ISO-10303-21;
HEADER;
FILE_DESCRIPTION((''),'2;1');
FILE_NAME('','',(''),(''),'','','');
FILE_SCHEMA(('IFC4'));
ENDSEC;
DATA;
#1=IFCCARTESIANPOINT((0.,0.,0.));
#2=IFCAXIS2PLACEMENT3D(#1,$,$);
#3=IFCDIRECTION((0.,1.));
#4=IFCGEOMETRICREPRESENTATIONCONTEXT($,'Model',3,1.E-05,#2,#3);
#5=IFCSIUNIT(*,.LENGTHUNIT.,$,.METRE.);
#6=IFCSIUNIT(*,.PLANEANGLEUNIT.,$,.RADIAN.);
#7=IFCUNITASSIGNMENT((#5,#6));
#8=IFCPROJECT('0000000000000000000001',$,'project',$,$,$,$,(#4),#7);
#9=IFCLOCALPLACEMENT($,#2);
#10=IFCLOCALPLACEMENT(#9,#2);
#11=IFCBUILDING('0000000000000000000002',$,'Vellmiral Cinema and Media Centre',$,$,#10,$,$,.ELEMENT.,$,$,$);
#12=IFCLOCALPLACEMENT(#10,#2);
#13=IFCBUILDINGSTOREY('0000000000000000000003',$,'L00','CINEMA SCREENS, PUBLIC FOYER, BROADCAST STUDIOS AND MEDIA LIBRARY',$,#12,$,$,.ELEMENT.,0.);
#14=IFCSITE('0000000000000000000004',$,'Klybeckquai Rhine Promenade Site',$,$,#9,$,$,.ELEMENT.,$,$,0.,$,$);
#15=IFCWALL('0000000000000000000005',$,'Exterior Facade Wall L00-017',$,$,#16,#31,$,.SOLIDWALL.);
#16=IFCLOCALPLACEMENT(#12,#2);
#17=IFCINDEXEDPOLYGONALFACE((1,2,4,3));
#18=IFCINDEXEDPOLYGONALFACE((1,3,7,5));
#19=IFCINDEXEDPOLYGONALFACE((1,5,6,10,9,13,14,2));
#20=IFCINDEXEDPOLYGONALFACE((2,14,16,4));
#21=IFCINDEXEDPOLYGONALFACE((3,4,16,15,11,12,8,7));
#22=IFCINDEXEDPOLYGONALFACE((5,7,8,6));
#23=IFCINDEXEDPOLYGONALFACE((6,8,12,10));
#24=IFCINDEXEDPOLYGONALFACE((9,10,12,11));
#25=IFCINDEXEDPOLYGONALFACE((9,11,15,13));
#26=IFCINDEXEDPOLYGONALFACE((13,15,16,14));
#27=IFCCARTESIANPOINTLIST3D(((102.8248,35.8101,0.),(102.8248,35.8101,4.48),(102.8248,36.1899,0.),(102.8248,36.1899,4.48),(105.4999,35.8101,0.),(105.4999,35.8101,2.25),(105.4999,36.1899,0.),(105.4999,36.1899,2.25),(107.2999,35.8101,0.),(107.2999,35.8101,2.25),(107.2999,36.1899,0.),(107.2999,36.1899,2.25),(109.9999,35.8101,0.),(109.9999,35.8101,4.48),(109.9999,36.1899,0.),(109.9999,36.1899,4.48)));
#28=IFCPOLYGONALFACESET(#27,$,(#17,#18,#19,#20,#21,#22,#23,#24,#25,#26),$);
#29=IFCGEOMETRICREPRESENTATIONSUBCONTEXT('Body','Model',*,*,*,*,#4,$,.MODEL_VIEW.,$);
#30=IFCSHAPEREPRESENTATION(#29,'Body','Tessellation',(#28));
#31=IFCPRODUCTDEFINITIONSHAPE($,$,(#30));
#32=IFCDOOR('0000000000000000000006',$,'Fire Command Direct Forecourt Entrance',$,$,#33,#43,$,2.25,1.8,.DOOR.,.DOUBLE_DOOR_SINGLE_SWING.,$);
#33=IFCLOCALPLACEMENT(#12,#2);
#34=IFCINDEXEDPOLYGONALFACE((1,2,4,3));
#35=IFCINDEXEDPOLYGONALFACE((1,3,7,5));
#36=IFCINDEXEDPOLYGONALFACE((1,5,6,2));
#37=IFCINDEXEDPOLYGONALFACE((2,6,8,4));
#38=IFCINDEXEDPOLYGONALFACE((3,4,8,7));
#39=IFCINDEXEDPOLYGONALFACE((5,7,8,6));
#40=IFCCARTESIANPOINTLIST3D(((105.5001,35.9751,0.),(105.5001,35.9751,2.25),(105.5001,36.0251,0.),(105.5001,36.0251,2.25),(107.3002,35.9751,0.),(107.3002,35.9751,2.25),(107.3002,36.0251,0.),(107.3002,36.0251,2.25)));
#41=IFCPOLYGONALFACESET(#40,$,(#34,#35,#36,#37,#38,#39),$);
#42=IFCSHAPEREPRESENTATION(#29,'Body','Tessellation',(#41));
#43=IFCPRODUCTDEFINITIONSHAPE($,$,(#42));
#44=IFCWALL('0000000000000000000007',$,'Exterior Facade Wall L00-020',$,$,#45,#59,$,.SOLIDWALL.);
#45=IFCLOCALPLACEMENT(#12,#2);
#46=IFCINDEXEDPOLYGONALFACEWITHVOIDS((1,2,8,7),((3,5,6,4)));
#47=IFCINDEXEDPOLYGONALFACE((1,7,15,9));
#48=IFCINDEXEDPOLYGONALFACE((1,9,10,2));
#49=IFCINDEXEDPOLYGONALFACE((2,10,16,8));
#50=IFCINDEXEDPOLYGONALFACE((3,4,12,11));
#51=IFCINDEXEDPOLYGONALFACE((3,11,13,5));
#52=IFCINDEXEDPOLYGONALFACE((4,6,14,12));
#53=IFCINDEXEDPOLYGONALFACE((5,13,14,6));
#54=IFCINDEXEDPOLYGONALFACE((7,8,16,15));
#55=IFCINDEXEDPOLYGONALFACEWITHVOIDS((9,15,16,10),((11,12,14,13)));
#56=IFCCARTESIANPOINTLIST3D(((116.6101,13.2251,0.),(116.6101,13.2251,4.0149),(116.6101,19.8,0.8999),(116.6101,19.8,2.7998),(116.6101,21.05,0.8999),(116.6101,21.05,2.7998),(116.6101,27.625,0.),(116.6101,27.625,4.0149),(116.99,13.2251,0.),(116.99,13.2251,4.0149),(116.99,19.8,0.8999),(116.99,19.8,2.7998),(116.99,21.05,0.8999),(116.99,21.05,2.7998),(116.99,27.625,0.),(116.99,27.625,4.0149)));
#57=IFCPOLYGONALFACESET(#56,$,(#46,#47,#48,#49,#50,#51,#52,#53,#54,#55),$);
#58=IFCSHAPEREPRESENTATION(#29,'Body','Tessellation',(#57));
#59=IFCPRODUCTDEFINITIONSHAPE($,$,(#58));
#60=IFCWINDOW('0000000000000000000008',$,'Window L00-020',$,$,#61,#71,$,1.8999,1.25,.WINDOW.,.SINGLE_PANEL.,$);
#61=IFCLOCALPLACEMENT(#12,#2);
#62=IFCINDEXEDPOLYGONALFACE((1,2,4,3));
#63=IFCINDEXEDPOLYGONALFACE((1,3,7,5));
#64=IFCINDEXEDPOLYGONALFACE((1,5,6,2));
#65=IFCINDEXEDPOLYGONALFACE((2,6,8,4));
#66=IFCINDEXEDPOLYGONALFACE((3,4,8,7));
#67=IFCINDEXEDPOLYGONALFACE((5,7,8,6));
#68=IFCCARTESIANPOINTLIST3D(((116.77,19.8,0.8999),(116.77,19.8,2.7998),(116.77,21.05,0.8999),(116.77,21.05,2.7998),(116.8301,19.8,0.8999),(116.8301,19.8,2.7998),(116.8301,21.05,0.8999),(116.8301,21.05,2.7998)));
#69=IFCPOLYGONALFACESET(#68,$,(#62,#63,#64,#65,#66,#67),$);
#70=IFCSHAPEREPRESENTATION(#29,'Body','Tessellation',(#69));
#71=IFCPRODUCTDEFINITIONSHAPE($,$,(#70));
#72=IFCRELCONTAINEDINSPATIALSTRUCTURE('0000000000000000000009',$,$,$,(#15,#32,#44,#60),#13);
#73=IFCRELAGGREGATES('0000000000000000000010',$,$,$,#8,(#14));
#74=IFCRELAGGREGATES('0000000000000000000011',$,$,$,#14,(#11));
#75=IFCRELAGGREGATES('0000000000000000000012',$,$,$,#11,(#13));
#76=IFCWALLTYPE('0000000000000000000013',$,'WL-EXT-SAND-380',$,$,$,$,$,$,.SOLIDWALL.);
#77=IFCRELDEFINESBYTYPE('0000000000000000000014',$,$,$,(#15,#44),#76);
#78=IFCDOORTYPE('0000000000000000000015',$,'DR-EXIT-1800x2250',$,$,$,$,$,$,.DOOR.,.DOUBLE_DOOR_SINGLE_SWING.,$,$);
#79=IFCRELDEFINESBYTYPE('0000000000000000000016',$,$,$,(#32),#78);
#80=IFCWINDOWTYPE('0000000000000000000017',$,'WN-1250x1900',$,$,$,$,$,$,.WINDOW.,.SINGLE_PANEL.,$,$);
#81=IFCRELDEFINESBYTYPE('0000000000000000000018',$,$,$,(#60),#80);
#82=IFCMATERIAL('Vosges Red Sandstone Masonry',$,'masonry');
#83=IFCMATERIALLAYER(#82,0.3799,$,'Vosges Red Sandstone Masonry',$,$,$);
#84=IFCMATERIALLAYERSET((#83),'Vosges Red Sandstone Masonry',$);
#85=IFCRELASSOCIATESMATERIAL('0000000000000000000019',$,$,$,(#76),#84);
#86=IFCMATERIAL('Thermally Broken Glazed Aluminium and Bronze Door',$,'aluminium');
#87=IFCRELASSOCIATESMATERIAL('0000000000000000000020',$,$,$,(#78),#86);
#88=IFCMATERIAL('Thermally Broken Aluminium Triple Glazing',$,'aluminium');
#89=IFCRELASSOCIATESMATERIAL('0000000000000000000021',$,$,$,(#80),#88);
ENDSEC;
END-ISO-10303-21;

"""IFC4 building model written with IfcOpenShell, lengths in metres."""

from ifc_helpers import new_model, si_unit, direction, frame, frame_2d, origin, place, context, subcontext, project, spatial, rectangle, extrude, material, layer, layer_set, type_object, element, fill, save


model = new_model("IFC4")

# Units and contexts
model_context = context("Model", 3, precision=1e-05, world=origin(), true_north=direction((0.0, 1.0)))
body_context = subcontext(model_context, "Body", "Model", "MODEL_VIEW")
ifc_project = project(units=[si_unit("LENGTHUNIT", "METRE"), si_unit("PLANEANGLEUNIT", "RADIAN")], contexts=[model_context])

# Site, building, storey
site_placement = place(None, origin())
site = spatial("IfcSite", under=ifc_project, at=site_placement, Name="Klybeckquai Rhine Promenade Site", CompositionType="ELEMENT", RefElevation=0.0)
building_placement = place(site_placement, origin())
building = spatial("IfcBuilding", under=site, at=building_placement, Name="Vellmiral Cinema and Media Centre", CompositionType="ELEMENT")
storey_placement = place(building_placement, origin())
storey = spatial("IfcBuildingStorey", under=building, at=storey_placement, Name="L00", Description="CINEMA SCREENS, PUBLIC FOYER, BROADCAST STUDIOS AND MEDIA LIBRARY", CompositionType="ELEMENT", Elevation=0.0)

# Shared definitions
ifc_material_1 = material(Name="Vosges Red Sandstone Masonry", Category="masonry")
ifc_layer_1 = layer(ifc_material_1, 0.3799, Name="Vosges Red Sandstone Masonry")
ifc_layer_set_1 = layer_set([ifc_layer_1], Name="Vosges Red Sandstone Masonry")
wall_type = type_object("IfcWallType", Name="WL-EXT-SAND-380", PredefinedType="SOLIDWALL", material=ifc_layer_set_1)

# Wall, opening, door
wall_1_placement = place(storey_placement, frame((102.825, 36.0, 0.0), z_axis=(0.0, 0.0, 1.0), x_axis=(1.0, 0.0, 0.0)))
wall_1 = element("IfcWall", 1, at=wall_1_placement, inside=storey, type_object=wall_type, Name="Exterior Facade Wall L00-017", PredefinedType="SOLIDWALL", context=body_context, shape_type="SweptSolid", body=[
    extrude(rectangle(XDim=7.175, YDim=0.3799, at=frame_2d((3.5874, 0.0))), origin(), (0.0, 0.0, 1.0), 4.48),
])
opening_1_placement = place(wall_1_placement, frame((2.675, 0.0, 0.0)))
opening_1 = element("IfcOpeningElement", 2, at=opening_1_placement, cuts=wall_1, PredefinedType="OPENING", context=body_context, shape_type="SweptSolid", body=[
    extrude(rectangle(XDim=1.8, YDim=2.25, at=frame_2d((0.8999, 1.125))), frame((0.0, 0.2019, 0.0), z_axis=(0.0, -1.0, 0.0), x_axis=(1.0, 0.0, 0.0)), (0.0, 0.0, 1.0), 0.4038),
])
ifc_material_2 = material(Name="Thermally Broken Glazed Aluminium and Bronze Door", Category="aluminium")
door_type_1 = type_object("IfcDoorType", Name="DR-EXIT-1800x2250", OperationType="DOUBLE_DOOR_SINGLE_SWING", PredefinedType="DOOR", material=ifc_material_2)
door_1_placement = place(opening_1_placement, frame((1.8, 0.0, 0.0), z_axis=(0.0, 0.0, 1.0), x_axis=(-1.0, 0.0, 0.0)))
door_1 = element("IfcDoor", 3, at=door_1_placement, inside=storey, type_object=door_type_1, Name="Fire Command Direct Forecourt Entrance", OperationType="DOUBLE_DOOR_SINGLE_SWING", OverallHeight=2.25, OverallWidth=1.8, PredefinedType="DOOR", context=body_context, shape_type="SweptSolid", body=[
    extrude(rectangle(XDim=1.8, YDim=2.25, at=frame_2d((0.8999, 1.125))), frame((0.0, 0.0249, 0.0), z_axis=(0.0, -1.0, 0.0), x_axis=(1.0, 0.0, 0.0)), (0.0, 0.0, 1.0), 0.05),
])
fill(opening_1, door_1)

# Wall, opening, window
wall_2_placement = place(storey_placement, frame((116.8, 27.625, 0.0), z_axis=(0.0, 0.0, 1.0), x_axis=(0.0, -1.0, 0.0)))
wall_2 = element("IfcWall", 4, at=wall_2_placement, inside=storey, type_object=wall_type, Name="Exterior Facade Wall L00-020", PredefinedType="SOLIDWALL", context=body_context, shape_type="SweptSolid", body=[
    extrude(rectangle(XDim=14.3999, YDim=0.3799, at=frame_2d((7.2, 0.0))), origin(), (0.0, 0.0, 1.0), 4.0149),
])
opening_2_placement = place(wall_2_placement, frame((6.575, 0.0, 0.8999)))
opening_2 = element("IfcOpeningElement", 5, at=opening_2_placement, cuts=wall_2, PredefinedType="OPENING", context=body_context, shape_type="SweptSolid", body=[
    extrude(rectangle(XDim=1.25, YDim=1.8999, at=frame_2d((0.625, 0.95))), frame((0.0, 0.2019, 0.0), z_axis=(0.0, -1.0, 0.0), x_axis=(1.0, 0.0, 0.0)), (0.0, 0.0, 1.0), 0.4038),
])
ifc_material_3 = material(Name="Thermally Broken Aluminium Triple Glazing", Category="aluminium")
window_type = type_object("IfcWindowType", Name="WN-1250x1900", PartitioningType="SINGLE_PANEL", PredefinedType="WINDOW", material=ifc_material_3)
window_placement = place(opening_2_placement, origin())
window = element("IfcWindow", 6, at=window_placement, inside=storey, type_object=window_type, Name="Window L00-020", OverallHeight=1.8999, OverallWidth=1.25, PartitioningType="SINGLE_PANEL", PredefinedType="WINDOW", context=body_context, shape_type="SweptSolid", body=[
    extrude(rectangle(XDim=1.25, YDim=1.8999, at=frame_2d((0.625, 0.95))), frame((0.0, 0.03, 0.0), z_axis=(0.0, -1.0, 0.0), x_axis=(1.0, 0.0, 0.0)), (0.0, 0.0, 1.0), 0.0601),
])
fill(opening_2, window)

save(model, "model.ifc")
